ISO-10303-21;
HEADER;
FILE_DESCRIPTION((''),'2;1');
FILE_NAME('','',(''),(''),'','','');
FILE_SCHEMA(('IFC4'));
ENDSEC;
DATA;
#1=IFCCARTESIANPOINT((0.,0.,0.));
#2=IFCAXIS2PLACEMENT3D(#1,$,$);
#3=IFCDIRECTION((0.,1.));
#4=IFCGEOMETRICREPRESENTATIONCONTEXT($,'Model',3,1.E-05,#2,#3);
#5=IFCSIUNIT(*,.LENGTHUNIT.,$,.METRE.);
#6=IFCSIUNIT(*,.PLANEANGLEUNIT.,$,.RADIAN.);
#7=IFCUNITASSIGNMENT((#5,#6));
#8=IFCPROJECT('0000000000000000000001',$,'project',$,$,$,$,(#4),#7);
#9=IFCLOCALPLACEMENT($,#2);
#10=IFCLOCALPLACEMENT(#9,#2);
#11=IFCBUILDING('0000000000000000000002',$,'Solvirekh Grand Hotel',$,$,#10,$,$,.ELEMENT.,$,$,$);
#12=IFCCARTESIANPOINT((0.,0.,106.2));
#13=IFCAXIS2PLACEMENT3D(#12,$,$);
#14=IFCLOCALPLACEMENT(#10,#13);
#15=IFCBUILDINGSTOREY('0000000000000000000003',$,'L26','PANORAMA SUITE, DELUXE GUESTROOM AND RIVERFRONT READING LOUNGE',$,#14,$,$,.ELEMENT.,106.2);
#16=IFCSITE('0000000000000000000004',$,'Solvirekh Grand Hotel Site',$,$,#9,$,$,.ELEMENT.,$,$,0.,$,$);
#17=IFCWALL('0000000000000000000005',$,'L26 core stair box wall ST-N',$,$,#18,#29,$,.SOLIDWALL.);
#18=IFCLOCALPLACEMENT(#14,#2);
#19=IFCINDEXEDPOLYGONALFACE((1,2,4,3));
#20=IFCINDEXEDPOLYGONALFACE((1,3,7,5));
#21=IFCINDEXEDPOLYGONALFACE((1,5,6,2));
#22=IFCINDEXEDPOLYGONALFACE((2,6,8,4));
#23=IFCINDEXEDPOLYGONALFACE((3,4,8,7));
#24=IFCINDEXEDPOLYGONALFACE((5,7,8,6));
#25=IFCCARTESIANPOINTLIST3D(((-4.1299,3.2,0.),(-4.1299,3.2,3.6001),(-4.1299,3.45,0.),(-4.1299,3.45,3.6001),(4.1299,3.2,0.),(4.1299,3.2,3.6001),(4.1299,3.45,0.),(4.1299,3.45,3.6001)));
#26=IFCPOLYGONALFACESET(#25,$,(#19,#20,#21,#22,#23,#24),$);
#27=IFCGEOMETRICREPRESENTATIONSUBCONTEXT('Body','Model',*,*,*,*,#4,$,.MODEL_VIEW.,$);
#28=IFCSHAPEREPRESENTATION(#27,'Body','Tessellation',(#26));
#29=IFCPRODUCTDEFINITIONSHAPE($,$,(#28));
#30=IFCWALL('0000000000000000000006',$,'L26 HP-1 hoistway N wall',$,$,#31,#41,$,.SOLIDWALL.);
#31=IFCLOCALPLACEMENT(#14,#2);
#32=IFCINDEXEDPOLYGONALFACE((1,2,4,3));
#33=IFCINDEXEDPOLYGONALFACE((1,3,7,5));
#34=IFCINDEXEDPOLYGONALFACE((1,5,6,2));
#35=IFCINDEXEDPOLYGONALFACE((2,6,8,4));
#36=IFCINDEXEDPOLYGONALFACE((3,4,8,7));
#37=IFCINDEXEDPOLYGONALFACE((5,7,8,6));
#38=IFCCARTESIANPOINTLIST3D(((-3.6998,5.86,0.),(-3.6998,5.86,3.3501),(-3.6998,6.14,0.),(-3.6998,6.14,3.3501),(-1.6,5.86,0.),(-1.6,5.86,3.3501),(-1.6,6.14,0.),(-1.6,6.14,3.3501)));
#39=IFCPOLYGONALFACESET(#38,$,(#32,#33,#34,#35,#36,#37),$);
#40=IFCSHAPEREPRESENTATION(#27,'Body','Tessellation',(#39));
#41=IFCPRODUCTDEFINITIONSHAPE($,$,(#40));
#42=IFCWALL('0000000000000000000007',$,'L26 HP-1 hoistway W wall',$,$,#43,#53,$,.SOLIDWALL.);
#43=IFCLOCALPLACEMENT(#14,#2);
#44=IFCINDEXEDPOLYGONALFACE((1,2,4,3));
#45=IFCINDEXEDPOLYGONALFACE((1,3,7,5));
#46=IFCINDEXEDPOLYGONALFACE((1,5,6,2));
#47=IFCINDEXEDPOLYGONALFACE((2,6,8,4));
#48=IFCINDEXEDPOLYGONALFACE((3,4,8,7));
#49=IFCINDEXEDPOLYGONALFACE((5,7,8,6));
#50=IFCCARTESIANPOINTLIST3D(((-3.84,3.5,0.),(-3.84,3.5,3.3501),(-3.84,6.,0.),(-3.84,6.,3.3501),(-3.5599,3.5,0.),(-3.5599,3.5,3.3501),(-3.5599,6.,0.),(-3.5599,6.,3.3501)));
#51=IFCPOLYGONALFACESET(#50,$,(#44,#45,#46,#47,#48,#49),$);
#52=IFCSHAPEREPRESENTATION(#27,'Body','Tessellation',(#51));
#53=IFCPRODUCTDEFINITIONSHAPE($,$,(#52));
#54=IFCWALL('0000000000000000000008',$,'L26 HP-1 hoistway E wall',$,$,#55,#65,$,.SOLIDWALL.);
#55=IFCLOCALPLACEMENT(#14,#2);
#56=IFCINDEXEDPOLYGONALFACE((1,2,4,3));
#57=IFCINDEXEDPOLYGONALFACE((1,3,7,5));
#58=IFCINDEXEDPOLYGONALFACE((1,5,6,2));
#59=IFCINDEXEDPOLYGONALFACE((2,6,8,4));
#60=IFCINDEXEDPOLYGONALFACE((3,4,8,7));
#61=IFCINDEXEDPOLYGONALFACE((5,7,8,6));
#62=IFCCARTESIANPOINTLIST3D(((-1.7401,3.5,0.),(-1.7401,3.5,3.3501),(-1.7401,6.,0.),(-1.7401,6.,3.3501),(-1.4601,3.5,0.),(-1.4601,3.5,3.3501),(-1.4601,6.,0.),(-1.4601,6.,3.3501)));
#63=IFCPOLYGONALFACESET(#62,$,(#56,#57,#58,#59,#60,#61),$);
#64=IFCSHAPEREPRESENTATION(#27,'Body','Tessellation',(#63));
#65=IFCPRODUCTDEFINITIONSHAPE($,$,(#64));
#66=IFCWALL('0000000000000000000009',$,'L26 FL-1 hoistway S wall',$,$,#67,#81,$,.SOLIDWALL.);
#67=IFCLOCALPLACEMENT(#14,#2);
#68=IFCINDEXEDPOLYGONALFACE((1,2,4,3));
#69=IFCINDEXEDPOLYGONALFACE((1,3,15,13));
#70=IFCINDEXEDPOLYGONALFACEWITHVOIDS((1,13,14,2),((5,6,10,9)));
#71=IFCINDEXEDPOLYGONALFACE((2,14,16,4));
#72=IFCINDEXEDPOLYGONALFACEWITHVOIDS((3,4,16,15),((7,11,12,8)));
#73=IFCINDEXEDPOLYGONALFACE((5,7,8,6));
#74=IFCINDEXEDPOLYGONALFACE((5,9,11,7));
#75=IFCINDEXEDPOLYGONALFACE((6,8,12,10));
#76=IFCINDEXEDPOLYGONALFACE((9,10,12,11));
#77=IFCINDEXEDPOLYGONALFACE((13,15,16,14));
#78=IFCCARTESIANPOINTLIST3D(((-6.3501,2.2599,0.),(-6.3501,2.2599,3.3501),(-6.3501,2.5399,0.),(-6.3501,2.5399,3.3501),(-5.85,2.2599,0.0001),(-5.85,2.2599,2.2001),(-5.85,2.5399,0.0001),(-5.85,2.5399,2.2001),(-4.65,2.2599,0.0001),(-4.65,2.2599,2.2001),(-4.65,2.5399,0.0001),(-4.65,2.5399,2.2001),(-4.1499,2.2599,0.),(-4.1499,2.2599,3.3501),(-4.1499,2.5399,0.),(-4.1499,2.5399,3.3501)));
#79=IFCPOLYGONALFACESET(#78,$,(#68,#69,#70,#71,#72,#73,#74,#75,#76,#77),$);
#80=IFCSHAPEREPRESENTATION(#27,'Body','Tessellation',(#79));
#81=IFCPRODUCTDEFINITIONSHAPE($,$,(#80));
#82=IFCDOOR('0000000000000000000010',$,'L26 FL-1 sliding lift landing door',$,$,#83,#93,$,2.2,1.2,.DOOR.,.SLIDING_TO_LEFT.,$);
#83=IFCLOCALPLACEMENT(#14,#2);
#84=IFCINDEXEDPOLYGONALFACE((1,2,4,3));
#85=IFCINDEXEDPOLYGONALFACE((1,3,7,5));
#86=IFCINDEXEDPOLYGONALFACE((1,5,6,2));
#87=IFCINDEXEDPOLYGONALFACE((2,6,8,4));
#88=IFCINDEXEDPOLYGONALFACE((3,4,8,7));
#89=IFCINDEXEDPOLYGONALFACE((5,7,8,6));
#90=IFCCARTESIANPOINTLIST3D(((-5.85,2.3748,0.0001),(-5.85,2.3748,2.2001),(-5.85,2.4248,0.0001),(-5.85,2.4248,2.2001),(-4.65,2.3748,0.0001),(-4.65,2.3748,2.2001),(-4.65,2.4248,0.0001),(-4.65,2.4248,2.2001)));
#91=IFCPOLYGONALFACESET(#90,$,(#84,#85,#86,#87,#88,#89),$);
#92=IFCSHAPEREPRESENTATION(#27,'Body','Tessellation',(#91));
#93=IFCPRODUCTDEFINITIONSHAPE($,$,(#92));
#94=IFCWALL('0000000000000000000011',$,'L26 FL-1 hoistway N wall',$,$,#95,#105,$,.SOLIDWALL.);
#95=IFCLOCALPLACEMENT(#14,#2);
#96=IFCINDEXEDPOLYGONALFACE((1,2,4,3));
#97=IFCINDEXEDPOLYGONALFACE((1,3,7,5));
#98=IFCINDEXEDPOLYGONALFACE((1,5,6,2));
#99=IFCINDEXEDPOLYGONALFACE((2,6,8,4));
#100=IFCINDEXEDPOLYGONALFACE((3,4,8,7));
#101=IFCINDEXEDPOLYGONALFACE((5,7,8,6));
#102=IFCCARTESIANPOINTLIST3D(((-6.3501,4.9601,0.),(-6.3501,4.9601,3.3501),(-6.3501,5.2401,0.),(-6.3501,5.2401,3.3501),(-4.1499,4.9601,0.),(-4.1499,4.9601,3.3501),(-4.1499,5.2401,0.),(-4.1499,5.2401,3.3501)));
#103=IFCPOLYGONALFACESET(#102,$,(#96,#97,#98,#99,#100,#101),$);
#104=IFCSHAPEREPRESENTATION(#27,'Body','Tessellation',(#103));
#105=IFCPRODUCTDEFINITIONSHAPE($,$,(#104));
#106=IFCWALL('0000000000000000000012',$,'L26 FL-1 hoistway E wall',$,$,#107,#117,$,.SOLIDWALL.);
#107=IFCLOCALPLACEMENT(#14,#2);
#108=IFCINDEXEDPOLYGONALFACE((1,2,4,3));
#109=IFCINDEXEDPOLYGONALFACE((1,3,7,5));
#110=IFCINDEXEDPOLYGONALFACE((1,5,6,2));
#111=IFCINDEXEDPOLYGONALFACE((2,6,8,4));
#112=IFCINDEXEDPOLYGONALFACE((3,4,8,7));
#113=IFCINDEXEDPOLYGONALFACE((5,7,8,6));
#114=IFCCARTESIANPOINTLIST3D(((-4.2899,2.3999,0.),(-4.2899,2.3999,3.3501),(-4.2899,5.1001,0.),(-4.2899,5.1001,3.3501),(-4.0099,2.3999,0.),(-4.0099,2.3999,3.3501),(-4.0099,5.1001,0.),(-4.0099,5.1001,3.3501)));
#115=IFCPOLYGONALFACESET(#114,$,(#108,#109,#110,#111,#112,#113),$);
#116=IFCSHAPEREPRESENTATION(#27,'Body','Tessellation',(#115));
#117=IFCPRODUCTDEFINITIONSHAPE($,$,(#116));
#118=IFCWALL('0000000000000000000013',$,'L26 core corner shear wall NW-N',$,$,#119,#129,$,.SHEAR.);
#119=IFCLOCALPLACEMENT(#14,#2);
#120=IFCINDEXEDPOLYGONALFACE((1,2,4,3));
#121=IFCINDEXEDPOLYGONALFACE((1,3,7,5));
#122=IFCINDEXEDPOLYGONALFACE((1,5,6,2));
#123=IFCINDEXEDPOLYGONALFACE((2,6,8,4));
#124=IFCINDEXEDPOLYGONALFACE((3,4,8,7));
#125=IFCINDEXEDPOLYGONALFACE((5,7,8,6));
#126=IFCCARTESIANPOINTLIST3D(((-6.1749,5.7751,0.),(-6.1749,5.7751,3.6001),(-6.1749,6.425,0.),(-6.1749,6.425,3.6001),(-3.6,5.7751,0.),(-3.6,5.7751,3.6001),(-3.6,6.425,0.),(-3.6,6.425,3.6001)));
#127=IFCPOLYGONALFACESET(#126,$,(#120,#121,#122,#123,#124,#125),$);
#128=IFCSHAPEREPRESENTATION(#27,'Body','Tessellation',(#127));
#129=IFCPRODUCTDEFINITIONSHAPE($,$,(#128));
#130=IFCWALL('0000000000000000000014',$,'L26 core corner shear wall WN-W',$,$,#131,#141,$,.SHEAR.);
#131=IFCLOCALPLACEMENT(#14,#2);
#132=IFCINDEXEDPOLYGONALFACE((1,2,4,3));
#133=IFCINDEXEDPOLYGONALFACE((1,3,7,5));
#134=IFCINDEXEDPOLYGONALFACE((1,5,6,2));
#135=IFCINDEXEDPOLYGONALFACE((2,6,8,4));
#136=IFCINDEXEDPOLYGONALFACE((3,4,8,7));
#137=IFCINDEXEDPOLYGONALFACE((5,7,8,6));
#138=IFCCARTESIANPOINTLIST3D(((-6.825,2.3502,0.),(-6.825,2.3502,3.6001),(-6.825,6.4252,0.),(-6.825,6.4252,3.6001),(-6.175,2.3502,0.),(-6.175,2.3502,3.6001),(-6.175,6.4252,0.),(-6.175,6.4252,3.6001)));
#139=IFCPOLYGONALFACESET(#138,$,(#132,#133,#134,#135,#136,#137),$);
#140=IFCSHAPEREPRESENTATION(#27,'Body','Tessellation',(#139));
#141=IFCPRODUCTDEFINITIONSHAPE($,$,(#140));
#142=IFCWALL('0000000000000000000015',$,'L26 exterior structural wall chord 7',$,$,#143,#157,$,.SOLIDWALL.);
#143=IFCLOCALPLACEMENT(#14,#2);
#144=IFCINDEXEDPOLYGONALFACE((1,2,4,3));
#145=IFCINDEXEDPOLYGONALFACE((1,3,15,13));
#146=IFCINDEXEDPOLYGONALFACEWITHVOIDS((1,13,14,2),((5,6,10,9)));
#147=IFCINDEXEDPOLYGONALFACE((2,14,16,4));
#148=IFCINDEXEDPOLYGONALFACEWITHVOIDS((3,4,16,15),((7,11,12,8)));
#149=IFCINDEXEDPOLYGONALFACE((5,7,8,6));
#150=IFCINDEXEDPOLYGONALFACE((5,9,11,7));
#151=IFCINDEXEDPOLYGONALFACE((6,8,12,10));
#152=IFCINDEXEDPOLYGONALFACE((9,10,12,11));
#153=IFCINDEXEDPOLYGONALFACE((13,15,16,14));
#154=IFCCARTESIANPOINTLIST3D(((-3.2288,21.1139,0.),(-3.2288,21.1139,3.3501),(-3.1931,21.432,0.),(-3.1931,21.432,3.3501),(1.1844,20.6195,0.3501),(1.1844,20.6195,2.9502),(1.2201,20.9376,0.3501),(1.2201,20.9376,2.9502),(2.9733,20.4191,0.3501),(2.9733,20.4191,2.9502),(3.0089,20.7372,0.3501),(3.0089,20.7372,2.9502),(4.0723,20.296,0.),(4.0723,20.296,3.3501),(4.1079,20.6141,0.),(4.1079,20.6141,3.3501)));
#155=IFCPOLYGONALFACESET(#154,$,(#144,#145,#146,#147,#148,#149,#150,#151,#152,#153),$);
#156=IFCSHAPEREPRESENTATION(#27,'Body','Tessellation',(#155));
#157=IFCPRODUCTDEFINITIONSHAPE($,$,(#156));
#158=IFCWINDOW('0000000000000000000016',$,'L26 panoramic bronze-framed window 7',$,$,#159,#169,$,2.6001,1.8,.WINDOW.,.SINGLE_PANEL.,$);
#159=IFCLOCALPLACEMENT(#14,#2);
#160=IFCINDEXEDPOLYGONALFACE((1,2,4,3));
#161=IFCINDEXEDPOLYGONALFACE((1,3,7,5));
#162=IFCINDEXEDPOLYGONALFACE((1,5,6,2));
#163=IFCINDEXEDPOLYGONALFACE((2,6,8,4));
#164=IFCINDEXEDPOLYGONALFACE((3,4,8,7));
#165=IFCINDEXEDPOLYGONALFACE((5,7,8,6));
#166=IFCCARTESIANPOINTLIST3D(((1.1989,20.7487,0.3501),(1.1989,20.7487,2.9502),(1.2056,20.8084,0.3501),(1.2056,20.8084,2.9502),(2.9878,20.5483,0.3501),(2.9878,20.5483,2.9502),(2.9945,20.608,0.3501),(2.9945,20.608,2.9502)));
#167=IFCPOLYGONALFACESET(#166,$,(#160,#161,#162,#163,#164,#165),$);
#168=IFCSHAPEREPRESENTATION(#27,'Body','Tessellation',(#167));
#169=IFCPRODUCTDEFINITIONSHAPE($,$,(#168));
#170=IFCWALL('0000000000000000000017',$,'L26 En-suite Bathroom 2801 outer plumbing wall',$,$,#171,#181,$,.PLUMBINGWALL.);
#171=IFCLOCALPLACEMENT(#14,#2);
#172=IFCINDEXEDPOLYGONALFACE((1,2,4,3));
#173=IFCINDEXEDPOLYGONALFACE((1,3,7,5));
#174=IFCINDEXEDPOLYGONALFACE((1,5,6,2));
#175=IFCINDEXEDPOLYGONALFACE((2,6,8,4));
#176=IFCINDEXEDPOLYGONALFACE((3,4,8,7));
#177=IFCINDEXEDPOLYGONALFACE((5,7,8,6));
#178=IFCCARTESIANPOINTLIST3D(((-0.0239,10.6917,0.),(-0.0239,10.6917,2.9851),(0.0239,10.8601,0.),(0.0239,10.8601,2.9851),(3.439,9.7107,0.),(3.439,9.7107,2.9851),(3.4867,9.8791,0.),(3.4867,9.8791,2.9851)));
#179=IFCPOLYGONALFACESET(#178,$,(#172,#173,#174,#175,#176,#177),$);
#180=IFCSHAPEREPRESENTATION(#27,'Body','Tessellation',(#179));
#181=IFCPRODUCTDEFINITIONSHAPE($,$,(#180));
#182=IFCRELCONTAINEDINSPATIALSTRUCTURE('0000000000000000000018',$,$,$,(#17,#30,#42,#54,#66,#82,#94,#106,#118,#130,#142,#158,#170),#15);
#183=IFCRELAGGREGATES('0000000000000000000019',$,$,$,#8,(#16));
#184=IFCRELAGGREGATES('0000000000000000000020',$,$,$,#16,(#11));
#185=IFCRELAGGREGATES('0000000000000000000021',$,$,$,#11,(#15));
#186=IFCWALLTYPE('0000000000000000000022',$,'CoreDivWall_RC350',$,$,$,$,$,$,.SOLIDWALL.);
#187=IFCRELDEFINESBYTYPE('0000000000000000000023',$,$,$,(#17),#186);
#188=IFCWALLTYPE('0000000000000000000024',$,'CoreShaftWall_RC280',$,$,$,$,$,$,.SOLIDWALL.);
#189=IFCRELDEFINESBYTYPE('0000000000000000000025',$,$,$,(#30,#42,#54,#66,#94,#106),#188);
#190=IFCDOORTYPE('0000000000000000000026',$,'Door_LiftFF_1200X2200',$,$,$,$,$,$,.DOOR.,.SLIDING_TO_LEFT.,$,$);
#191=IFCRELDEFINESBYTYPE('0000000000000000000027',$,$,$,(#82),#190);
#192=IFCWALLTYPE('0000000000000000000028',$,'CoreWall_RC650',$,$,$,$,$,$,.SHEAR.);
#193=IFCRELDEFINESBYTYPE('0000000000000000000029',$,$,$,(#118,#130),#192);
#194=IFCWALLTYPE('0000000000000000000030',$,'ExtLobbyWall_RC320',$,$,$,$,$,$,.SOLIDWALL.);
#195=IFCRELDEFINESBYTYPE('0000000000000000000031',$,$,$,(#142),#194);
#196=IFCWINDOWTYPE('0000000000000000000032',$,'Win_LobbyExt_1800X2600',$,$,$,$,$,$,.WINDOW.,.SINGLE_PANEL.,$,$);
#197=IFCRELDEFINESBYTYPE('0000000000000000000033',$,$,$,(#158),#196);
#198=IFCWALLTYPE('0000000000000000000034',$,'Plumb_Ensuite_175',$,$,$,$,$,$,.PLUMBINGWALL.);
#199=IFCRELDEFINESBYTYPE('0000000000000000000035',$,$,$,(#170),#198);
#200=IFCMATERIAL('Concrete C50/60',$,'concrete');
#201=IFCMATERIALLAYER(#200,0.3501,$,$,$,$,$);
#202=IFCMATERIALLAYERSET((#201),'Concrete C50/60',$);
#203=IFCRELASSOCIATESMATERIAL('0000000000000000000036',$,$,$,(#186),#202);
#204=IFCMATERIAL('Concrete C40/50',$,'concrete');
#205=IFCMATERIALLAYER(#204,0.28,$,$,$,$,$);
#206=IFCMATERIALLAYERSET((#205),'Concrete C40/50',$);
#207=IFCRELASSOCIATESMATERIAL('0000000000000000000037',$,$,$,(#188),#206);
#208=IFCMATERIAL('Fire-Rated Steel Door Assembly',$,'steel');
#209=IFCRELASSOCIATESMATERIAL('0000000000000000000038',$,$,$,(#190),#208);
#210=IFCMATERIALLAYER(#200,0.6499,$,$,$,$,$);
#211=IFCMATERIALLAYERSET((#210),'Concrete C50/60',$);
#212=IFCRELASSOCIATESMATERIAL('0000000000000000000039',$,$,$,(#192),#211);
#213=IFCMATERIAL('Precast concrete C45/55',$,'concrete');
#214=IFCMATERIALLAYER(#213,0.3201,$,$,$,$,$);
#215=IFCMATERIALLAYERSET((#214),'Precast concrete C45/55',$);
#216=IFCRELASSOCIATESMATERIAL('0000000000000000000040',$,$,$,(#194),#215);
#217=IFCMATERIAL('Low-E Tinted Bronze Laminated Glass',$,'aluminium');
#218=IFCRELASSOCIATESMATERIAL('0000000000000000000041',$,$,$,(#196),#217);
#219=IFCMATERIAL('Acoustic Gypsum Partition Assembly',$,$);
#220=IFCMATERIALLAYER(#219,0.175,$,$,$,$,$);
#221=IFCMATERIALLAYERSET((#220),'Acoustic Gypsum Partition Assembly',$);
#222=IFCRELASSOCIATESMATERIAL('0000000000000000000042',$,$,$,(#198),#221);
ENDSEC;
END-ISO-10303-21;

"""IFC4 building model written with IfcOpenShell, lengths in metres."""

from ifc_helpers import new_model, si_unit, direction, frame, frame_2d, origin, place, context, subcontext, project, spatial, rectangle, extrude, material, layer, layer_set, type_object, element, fill, save


model = new_model("IFC4")

# Units and contexts
model_context = context("Model", 3, precision=1e-05, world=origin(), true_north=direction((0.0, 1.0)))
body_context = subcontext(model_context, "Body", "Model", "MODEL_VIEW")
ifc_project = project(units=[si_unit("LENGTHUNIT", "METRE"), si_unit("PLANEANGLEUNIT", "RADIAN")], contexts=[model_context])

# Site, building, storey
site_placement = place(None, origin())
site = spatial("IfcSite", under=ifc_project, at=site_placement, Name="Solvirekh Grand Hotel Site", CompositionType="ELEMENT", RefElevation=0.0)
building_placement = place(site_placement, origin())
building = spatial("IfcBuilding", under=site, at=building_placement, Name="Solvirekh Grand Hotel", CompositionType="ELEMENT")
storey_placement = place(building_placement, frame((0.0, 0.0, 106.2)))
storey = spatial("IfcBuildingStorey", under=building, at=storey_placement, Name="L26", Description="PANORAMA SUITE, DELUXE GUESTROOM AND RIVERFRONT READING LOUNGE", CompositionType="ELEMENT", Elevation=106.2)

# Shared definitions
ifc_material_1 = material(Name="Concrete C50/60", Category="concrete")

# Shared definitions
ifc_material_2 = material(Name="Concrete C40/50", Category="concrete")

# Shared definitions
ifc_material_3 = material(Name="Low-E Tinted Bronze Laminated Glass", Category="aluminium")

# Walls
ifc_layer_1 = layer(ifc_material_1, 0.3501)
ifc_layer_set_1 = layer_set([ifc_layer_1], Name="Concrete C50/60")
wall_type_1 = type_object("IfcWallType", Name="CoreDivWall_RC350", PredefinedType="SOLIDWALL", material=ifc_layer_set_1)
wall_1_placement = place(storey_placement, frame((-4.1299, 3.325, 0.0), z_axis=(0.0, 0.0, 1.0), x_axis=(1.0, 0.0, 0.0)))
element("IfcWall", 1, at=wall_1_placement, inside=storey, type_object=wall_type_1, Name="L26 core stair box wall ST-N", PredefinedType="SOLIDWALL", context=body_context, shape_type="SweptSolid", body=[
    extrude(rectangle(XDim=8.2598, YDim=0.25, at=frame_2d((4.1299, 0.0))), origin(), (0.0, 0.0, 1.0), 3.6001),
])
ifc_layer_2 = layer(ifc_material_2, 0.28)
ifc_layer_set_2 = layer_set([ifc_layer_2], Name="Concrete C40/50")
wall_type_2 = type_object("IfcWallType", Name="CoreShaftWall_RC280", PredefinedType="SOLIDWALL", material=ifc_layer_set_2)
wall_2_placement = place(storey_placement, frame((-1.6001, 6.0, 0.0), z_axis=(0.0, 0.0, 1.0), x_axis=(-1.0, 0.0, 0.0)))
element("IfcWall", 2, at=wall_2_placement, inside=storey, type_object=wall_type_2, Name="L26 HP-1 hoistway N wall", PredefinedType="SOLIDWALL", context=body_context, shape_type="SweptSolid", body=[
    extrude(rectangle(XDim=2.0999, YDim=0.28, at=frame_2d((1.0498, 0.0))), origin(), (0.0, 0.0, 1.0), 3.3501),
])
for number, where, z_axis, x_axis, name in (
    (3, (-3.7, 6.0, 0.0), (0.0, 0.0, 1.0), (0.0, -1.0, 0.0), "L26 HP-1 hoistway W wall"),
    (4, (-1.6001, 3.5, 0.0), (0.0, 0.0, 1.0), (0.0, 1.0, 0.0), "L26 HP-1 hoistway E wall"),
):
    element("IfcWall", number, at=place(storey_placement, frame(where, z_axis=z_axis, x_axis=x_axis)), inside=storey, type_object=wall_type_2, Name=name, PredefinedType="SOLIDWALL", context=body_context, shape_type="SweptSolid", body=[
        extrude(rectangle(XDim=2.5, YDim=0.28, at=frame_2d((1.25, 0.0))), origin(), (0.0, 0.0, 1.0), 3.3501),
    ])

# Wall, opening, door
wall_3_placement = place(storey_placement, frame((-6.3501, 2.3999, 0.0), z_axis=(0.0, 0.0, 1.0), x_axis=(1.0, 0.0, 0.0)))
wall_3 = element("IfcWall", 5, at=wall_3_placement, inside=storey, type_object=wall_type_2, Name="L26 FL-1 hoistway S wall", PredefinedType="SOLIDWALL", context=body_context, shape_type="SweptSolid", body=[
    extrude(rectangle(XDim=2.2002, YDim=0.28, at=frame_2d((1.1001, 0.0))), origin(), (0.0, 0.0, 1.0), 3.3501),
])
opening_1_placement = place(wall_3_placement, frame((0.5, 0.0, 0.0)))
opening_1 = element("IfcOpeningElement", 6, at=opening_1_placement, cuts=wall_3, PredefinedType="OPENING", context=body_context, shape_type="SweptSolid", body=[
    extrude(rectangle(XDim=1.2, YDim=2.2, at=frame_2d((0.6001, 1.1001))), frame((0.0, 0.1499, 0.0), z_axis=(0.0, -1.0, 0.0), x_axis=(1.0, 0.0, 0.0)), (0.0, 0.0, 1.0), 0.3),
])
ifc_material_4 = material(Name="Fire-Rated Steel Door Assembly", Category="steel")
door_type_1 = type_object("IfcDoorType", Name="Door_LiftFF_1200X2200", OperationType="SLIDING_TO_LEFT", PredefinedType="DOOR", material=ifc_material_4)
door_1_placement = place(opening_1_placement, origin())
door_1 = element("IfcDoor", 7, at=door_1_placement, inside=storey, type_object=door_type_1, Name="L26 FL-1 sliding lift landing door", OperationType="SLIDING_TO_LEFT", OverallHeight=2.2, OverallWidth=1.2, PredefinedType="DOOR", context=body_context, shape_type="SweptSolid", body=[
    extrude(rectangle(XDim=1.2, YDim=2.2, at=frame_2d((0.6001, 1.1001))), frame((0.0, 0.0249, 0.0), z_axis=(0.0, -1.0, 0.0), x_axis=(1.0, 0.0, 0.0)), (0.0, 0.0, 1.0), 0.05),
])
fill(opening_1, door_1)

# Walls
wall_4_placement = place(storey_placement, frame((-4.1499, 5.1001, 0.0), z_axis=(0.0, 0.0, 1.0), x_axis=(-1.0, 0.0, 0.0)))
element("IfcWall", 8, at=wall_4_placement, inside=storey, type_object=wall_type_2, Name="L26 FL-1 hoistway N wall", PredefinedType="SOLIDWALL", context=body_context, shape_type="SweptSolid", body=[
    extrude(rectangle(XDim=2.2002, YDim=0.28, at=frame_2d((1.1001, 0.0))), origin(), (0.0, 0.0, 1.0), 3.3501),
])
wall_5_placement = place(storey_placement, frame((-4.1499, 2.3999, 0.0), z_axis=(0.0, 0.0, 1.0), x_axis=(0.0, 1.0, 0.0)))
element("IfcWall", 9, at=wall_5_placement, inside=storey, type_object=wall_type_2, Name="L26 FL-1 hoistway E wall", PredefinedType="SOLIDWALL", context=body_context, shape_type="SweptSolid", body=[
    extrude(rectangle(XDim=2.7002, YDim=0.28, at=frame_2d((1.3501, 0.0))), origin(), (0.0, 0.0, 1.0), 3.3501),
])
ifc_layer_3 = layer(ifc_material_1, 0.6499)
ifc_layer_set_3 = layer_set([ifc_layer_3], Name="Concrete C50/60")
wall_type_3 = type_object("IfcWallType", Name="CoreWall_RC650", PredefinedType="SHEAR", material=ifc_layer_set_3)
wall_6_placement = place(storey_placement, frame((-6.175, 6.1001, 0.0), z_axis=(0.0, 0.0, 1.0), x_axis=(1.0, 0.0, 0.0)))
element("IfcWall", 10, at=wall_6_placement, inside=storey, type_object=wall_type_3, Name="L26 core corner shear wall NW-N", PredefinedType="SHEAR", context=body_context, shape_type="SweptSolid", body=[
    extrude(rectangle(XDim=2.575, YDim=0.6499, at=frame_2d((1.2876, 0.0))), origin(), (0.0, 0.0, 1.0), 3.6001),
])
wall_7_placement = place(storey_placement, frame((-6.5, 2.3501, 0.0), z_axis=(0.0, 0.0, 1.0), x_axis=(0.0, 1.0, 0.0)))
element("IfcWall", 11, at=wall_7_placement, inside=storey, type_object=wall_type_3, Name="L26 core corner shear wall WN-W", PredefinedType="SHEAR", context=body_context, shape_type="SweptSolid", body=[
    extrude(rectangle(XDim=4.075, YDim=0.6499, at=frame_2d((2.0376, 0.0))), origin(), (0.0, 0.0, 1.0), 3.6001),
])

# Wall, opening, window
ifc_material_5 = material(Name="Precast concrete C45/55", Category="concrete")
ifc_layer_4 = layer(ifc_material_5, 0.3201)
ifc_layer_set_4 = layer_set([ifc_layer_4], Name="Precast concrete C45/55")
wall_type_4 = type_object("IfcWallType", Name="ExtLobbyWall_RC320", PredefinedType="SOLIDWALL", material=ifc_layer_set_4)
wall_8_placement = place(storey_placement, frame((-3.2109, 21.2729, 0.0), z_axis=(0.0, 0.0, 1.0), x_axis=(0.993784, -0.111325, 0.0)))
wall_8 = element("IfcWall", 12, at=wall_8_placement, inside=storey, type_object=wall_type_4, Name="L26 exterior structural wall chord 7", PredefinedType="SOLIDWALL", context=body_context, shape_type="SweptSolid", body=[
    extrude(rectangle(XDim=7.3467, YDim=0.3201, at=frame_2d((3.6733, 0.0))), origin(), (0.0, 0.0, 1.0), 3.3501),
])
opening_2_placement = place(wall_8_placement, frame((4.4409, 0.0, 0.3501)))
opening_2 = element("IfcOpeningElement", 13, at=opening_2_placement, cuts=wall_8, PredefinedType="OPENING", context=body_context, shape_type="SweptSolid", body=[
    extrude(rectangle(XDim=1.8, YDim=2.6001, at=frame_2d((0.8999, 1.3))), frame((0.0, 0.1699, 0.0), z_axis=(0.0, -1.0, 0.0), x_axis=(1.0, 0.0, 0.0)), (0.0, 0.0, 1.0), 0.3401),
])
window_type = type_object("IfcWindowType", Name="Win_LobbyExt_1800X2600", PartitioningType="SINGLE_PANEL", PredefinedType="WINDOW", material=ifc_material_3)
window_placement = place(opening_2_placement, origin())
window = element("IfcWindow", 14, at=window_placement, inside=storey, type_object=window_type, Name="L26 panoramic bronze-framed window 7", OverallHeight=2.6001, OverallWidth=1.8, PartitioningType="SINGLE_PANEL", PredefinedType="WINDOW", context=body_context, shape_type="SweptSolid", body=[
    extrude(rectangle(XDim=1.8, YDim=2.6001, at=frame_2d((0.8999, 1.3))), frame((0.0, 0.03, 0.0), z_axis=(0.0, -1.0, 0.0), x_axis=(1.0, 0.0, 0.0)), (0.0, 0.0, 1.0), 0.0601),
])
fill(opening_2, window)

# Wall
ifc_material_6 = material(Name="Acoustic Gypsum Partition Assembly")
ifc_layer_5 = layer(ifc_material_6, 0.175)
ifc_layer_set_5 = layer_set([ifc_layer_5], Name="Acoustic Gypsum Partition Assembly")
wall_type_5 = type_object("IfcWallType", Name="Plumb_Ensuite_175", PredefinedType="PLUMBINGWALL", material=ifc_layer_set_5)
wall_9_placement = place(storey_placement, frame((0.0, 10.7759, 0.0), z_axis=(0.0, 0.0, 1.0), x_axis=(0.962141, -0.272552, 0.0)))
element("IfcWall", 15, at=wall_9_placement, inside=storey, type_object=wall_type_5, Name="L26 En-suite Bathroom 2801 outer plumbing wall", PredefinedType="PLUMBINGWALL", context=body_context, shape_type="SweptSolid", body=[
    extrude(rectangle(XDim=3.5991, YDim=0.175, at=frame_2d((1.7996, 0.0))), origin(), (0.0, 0.0, 1.0), 2.9851),
])

save(model, "model.ifc")
